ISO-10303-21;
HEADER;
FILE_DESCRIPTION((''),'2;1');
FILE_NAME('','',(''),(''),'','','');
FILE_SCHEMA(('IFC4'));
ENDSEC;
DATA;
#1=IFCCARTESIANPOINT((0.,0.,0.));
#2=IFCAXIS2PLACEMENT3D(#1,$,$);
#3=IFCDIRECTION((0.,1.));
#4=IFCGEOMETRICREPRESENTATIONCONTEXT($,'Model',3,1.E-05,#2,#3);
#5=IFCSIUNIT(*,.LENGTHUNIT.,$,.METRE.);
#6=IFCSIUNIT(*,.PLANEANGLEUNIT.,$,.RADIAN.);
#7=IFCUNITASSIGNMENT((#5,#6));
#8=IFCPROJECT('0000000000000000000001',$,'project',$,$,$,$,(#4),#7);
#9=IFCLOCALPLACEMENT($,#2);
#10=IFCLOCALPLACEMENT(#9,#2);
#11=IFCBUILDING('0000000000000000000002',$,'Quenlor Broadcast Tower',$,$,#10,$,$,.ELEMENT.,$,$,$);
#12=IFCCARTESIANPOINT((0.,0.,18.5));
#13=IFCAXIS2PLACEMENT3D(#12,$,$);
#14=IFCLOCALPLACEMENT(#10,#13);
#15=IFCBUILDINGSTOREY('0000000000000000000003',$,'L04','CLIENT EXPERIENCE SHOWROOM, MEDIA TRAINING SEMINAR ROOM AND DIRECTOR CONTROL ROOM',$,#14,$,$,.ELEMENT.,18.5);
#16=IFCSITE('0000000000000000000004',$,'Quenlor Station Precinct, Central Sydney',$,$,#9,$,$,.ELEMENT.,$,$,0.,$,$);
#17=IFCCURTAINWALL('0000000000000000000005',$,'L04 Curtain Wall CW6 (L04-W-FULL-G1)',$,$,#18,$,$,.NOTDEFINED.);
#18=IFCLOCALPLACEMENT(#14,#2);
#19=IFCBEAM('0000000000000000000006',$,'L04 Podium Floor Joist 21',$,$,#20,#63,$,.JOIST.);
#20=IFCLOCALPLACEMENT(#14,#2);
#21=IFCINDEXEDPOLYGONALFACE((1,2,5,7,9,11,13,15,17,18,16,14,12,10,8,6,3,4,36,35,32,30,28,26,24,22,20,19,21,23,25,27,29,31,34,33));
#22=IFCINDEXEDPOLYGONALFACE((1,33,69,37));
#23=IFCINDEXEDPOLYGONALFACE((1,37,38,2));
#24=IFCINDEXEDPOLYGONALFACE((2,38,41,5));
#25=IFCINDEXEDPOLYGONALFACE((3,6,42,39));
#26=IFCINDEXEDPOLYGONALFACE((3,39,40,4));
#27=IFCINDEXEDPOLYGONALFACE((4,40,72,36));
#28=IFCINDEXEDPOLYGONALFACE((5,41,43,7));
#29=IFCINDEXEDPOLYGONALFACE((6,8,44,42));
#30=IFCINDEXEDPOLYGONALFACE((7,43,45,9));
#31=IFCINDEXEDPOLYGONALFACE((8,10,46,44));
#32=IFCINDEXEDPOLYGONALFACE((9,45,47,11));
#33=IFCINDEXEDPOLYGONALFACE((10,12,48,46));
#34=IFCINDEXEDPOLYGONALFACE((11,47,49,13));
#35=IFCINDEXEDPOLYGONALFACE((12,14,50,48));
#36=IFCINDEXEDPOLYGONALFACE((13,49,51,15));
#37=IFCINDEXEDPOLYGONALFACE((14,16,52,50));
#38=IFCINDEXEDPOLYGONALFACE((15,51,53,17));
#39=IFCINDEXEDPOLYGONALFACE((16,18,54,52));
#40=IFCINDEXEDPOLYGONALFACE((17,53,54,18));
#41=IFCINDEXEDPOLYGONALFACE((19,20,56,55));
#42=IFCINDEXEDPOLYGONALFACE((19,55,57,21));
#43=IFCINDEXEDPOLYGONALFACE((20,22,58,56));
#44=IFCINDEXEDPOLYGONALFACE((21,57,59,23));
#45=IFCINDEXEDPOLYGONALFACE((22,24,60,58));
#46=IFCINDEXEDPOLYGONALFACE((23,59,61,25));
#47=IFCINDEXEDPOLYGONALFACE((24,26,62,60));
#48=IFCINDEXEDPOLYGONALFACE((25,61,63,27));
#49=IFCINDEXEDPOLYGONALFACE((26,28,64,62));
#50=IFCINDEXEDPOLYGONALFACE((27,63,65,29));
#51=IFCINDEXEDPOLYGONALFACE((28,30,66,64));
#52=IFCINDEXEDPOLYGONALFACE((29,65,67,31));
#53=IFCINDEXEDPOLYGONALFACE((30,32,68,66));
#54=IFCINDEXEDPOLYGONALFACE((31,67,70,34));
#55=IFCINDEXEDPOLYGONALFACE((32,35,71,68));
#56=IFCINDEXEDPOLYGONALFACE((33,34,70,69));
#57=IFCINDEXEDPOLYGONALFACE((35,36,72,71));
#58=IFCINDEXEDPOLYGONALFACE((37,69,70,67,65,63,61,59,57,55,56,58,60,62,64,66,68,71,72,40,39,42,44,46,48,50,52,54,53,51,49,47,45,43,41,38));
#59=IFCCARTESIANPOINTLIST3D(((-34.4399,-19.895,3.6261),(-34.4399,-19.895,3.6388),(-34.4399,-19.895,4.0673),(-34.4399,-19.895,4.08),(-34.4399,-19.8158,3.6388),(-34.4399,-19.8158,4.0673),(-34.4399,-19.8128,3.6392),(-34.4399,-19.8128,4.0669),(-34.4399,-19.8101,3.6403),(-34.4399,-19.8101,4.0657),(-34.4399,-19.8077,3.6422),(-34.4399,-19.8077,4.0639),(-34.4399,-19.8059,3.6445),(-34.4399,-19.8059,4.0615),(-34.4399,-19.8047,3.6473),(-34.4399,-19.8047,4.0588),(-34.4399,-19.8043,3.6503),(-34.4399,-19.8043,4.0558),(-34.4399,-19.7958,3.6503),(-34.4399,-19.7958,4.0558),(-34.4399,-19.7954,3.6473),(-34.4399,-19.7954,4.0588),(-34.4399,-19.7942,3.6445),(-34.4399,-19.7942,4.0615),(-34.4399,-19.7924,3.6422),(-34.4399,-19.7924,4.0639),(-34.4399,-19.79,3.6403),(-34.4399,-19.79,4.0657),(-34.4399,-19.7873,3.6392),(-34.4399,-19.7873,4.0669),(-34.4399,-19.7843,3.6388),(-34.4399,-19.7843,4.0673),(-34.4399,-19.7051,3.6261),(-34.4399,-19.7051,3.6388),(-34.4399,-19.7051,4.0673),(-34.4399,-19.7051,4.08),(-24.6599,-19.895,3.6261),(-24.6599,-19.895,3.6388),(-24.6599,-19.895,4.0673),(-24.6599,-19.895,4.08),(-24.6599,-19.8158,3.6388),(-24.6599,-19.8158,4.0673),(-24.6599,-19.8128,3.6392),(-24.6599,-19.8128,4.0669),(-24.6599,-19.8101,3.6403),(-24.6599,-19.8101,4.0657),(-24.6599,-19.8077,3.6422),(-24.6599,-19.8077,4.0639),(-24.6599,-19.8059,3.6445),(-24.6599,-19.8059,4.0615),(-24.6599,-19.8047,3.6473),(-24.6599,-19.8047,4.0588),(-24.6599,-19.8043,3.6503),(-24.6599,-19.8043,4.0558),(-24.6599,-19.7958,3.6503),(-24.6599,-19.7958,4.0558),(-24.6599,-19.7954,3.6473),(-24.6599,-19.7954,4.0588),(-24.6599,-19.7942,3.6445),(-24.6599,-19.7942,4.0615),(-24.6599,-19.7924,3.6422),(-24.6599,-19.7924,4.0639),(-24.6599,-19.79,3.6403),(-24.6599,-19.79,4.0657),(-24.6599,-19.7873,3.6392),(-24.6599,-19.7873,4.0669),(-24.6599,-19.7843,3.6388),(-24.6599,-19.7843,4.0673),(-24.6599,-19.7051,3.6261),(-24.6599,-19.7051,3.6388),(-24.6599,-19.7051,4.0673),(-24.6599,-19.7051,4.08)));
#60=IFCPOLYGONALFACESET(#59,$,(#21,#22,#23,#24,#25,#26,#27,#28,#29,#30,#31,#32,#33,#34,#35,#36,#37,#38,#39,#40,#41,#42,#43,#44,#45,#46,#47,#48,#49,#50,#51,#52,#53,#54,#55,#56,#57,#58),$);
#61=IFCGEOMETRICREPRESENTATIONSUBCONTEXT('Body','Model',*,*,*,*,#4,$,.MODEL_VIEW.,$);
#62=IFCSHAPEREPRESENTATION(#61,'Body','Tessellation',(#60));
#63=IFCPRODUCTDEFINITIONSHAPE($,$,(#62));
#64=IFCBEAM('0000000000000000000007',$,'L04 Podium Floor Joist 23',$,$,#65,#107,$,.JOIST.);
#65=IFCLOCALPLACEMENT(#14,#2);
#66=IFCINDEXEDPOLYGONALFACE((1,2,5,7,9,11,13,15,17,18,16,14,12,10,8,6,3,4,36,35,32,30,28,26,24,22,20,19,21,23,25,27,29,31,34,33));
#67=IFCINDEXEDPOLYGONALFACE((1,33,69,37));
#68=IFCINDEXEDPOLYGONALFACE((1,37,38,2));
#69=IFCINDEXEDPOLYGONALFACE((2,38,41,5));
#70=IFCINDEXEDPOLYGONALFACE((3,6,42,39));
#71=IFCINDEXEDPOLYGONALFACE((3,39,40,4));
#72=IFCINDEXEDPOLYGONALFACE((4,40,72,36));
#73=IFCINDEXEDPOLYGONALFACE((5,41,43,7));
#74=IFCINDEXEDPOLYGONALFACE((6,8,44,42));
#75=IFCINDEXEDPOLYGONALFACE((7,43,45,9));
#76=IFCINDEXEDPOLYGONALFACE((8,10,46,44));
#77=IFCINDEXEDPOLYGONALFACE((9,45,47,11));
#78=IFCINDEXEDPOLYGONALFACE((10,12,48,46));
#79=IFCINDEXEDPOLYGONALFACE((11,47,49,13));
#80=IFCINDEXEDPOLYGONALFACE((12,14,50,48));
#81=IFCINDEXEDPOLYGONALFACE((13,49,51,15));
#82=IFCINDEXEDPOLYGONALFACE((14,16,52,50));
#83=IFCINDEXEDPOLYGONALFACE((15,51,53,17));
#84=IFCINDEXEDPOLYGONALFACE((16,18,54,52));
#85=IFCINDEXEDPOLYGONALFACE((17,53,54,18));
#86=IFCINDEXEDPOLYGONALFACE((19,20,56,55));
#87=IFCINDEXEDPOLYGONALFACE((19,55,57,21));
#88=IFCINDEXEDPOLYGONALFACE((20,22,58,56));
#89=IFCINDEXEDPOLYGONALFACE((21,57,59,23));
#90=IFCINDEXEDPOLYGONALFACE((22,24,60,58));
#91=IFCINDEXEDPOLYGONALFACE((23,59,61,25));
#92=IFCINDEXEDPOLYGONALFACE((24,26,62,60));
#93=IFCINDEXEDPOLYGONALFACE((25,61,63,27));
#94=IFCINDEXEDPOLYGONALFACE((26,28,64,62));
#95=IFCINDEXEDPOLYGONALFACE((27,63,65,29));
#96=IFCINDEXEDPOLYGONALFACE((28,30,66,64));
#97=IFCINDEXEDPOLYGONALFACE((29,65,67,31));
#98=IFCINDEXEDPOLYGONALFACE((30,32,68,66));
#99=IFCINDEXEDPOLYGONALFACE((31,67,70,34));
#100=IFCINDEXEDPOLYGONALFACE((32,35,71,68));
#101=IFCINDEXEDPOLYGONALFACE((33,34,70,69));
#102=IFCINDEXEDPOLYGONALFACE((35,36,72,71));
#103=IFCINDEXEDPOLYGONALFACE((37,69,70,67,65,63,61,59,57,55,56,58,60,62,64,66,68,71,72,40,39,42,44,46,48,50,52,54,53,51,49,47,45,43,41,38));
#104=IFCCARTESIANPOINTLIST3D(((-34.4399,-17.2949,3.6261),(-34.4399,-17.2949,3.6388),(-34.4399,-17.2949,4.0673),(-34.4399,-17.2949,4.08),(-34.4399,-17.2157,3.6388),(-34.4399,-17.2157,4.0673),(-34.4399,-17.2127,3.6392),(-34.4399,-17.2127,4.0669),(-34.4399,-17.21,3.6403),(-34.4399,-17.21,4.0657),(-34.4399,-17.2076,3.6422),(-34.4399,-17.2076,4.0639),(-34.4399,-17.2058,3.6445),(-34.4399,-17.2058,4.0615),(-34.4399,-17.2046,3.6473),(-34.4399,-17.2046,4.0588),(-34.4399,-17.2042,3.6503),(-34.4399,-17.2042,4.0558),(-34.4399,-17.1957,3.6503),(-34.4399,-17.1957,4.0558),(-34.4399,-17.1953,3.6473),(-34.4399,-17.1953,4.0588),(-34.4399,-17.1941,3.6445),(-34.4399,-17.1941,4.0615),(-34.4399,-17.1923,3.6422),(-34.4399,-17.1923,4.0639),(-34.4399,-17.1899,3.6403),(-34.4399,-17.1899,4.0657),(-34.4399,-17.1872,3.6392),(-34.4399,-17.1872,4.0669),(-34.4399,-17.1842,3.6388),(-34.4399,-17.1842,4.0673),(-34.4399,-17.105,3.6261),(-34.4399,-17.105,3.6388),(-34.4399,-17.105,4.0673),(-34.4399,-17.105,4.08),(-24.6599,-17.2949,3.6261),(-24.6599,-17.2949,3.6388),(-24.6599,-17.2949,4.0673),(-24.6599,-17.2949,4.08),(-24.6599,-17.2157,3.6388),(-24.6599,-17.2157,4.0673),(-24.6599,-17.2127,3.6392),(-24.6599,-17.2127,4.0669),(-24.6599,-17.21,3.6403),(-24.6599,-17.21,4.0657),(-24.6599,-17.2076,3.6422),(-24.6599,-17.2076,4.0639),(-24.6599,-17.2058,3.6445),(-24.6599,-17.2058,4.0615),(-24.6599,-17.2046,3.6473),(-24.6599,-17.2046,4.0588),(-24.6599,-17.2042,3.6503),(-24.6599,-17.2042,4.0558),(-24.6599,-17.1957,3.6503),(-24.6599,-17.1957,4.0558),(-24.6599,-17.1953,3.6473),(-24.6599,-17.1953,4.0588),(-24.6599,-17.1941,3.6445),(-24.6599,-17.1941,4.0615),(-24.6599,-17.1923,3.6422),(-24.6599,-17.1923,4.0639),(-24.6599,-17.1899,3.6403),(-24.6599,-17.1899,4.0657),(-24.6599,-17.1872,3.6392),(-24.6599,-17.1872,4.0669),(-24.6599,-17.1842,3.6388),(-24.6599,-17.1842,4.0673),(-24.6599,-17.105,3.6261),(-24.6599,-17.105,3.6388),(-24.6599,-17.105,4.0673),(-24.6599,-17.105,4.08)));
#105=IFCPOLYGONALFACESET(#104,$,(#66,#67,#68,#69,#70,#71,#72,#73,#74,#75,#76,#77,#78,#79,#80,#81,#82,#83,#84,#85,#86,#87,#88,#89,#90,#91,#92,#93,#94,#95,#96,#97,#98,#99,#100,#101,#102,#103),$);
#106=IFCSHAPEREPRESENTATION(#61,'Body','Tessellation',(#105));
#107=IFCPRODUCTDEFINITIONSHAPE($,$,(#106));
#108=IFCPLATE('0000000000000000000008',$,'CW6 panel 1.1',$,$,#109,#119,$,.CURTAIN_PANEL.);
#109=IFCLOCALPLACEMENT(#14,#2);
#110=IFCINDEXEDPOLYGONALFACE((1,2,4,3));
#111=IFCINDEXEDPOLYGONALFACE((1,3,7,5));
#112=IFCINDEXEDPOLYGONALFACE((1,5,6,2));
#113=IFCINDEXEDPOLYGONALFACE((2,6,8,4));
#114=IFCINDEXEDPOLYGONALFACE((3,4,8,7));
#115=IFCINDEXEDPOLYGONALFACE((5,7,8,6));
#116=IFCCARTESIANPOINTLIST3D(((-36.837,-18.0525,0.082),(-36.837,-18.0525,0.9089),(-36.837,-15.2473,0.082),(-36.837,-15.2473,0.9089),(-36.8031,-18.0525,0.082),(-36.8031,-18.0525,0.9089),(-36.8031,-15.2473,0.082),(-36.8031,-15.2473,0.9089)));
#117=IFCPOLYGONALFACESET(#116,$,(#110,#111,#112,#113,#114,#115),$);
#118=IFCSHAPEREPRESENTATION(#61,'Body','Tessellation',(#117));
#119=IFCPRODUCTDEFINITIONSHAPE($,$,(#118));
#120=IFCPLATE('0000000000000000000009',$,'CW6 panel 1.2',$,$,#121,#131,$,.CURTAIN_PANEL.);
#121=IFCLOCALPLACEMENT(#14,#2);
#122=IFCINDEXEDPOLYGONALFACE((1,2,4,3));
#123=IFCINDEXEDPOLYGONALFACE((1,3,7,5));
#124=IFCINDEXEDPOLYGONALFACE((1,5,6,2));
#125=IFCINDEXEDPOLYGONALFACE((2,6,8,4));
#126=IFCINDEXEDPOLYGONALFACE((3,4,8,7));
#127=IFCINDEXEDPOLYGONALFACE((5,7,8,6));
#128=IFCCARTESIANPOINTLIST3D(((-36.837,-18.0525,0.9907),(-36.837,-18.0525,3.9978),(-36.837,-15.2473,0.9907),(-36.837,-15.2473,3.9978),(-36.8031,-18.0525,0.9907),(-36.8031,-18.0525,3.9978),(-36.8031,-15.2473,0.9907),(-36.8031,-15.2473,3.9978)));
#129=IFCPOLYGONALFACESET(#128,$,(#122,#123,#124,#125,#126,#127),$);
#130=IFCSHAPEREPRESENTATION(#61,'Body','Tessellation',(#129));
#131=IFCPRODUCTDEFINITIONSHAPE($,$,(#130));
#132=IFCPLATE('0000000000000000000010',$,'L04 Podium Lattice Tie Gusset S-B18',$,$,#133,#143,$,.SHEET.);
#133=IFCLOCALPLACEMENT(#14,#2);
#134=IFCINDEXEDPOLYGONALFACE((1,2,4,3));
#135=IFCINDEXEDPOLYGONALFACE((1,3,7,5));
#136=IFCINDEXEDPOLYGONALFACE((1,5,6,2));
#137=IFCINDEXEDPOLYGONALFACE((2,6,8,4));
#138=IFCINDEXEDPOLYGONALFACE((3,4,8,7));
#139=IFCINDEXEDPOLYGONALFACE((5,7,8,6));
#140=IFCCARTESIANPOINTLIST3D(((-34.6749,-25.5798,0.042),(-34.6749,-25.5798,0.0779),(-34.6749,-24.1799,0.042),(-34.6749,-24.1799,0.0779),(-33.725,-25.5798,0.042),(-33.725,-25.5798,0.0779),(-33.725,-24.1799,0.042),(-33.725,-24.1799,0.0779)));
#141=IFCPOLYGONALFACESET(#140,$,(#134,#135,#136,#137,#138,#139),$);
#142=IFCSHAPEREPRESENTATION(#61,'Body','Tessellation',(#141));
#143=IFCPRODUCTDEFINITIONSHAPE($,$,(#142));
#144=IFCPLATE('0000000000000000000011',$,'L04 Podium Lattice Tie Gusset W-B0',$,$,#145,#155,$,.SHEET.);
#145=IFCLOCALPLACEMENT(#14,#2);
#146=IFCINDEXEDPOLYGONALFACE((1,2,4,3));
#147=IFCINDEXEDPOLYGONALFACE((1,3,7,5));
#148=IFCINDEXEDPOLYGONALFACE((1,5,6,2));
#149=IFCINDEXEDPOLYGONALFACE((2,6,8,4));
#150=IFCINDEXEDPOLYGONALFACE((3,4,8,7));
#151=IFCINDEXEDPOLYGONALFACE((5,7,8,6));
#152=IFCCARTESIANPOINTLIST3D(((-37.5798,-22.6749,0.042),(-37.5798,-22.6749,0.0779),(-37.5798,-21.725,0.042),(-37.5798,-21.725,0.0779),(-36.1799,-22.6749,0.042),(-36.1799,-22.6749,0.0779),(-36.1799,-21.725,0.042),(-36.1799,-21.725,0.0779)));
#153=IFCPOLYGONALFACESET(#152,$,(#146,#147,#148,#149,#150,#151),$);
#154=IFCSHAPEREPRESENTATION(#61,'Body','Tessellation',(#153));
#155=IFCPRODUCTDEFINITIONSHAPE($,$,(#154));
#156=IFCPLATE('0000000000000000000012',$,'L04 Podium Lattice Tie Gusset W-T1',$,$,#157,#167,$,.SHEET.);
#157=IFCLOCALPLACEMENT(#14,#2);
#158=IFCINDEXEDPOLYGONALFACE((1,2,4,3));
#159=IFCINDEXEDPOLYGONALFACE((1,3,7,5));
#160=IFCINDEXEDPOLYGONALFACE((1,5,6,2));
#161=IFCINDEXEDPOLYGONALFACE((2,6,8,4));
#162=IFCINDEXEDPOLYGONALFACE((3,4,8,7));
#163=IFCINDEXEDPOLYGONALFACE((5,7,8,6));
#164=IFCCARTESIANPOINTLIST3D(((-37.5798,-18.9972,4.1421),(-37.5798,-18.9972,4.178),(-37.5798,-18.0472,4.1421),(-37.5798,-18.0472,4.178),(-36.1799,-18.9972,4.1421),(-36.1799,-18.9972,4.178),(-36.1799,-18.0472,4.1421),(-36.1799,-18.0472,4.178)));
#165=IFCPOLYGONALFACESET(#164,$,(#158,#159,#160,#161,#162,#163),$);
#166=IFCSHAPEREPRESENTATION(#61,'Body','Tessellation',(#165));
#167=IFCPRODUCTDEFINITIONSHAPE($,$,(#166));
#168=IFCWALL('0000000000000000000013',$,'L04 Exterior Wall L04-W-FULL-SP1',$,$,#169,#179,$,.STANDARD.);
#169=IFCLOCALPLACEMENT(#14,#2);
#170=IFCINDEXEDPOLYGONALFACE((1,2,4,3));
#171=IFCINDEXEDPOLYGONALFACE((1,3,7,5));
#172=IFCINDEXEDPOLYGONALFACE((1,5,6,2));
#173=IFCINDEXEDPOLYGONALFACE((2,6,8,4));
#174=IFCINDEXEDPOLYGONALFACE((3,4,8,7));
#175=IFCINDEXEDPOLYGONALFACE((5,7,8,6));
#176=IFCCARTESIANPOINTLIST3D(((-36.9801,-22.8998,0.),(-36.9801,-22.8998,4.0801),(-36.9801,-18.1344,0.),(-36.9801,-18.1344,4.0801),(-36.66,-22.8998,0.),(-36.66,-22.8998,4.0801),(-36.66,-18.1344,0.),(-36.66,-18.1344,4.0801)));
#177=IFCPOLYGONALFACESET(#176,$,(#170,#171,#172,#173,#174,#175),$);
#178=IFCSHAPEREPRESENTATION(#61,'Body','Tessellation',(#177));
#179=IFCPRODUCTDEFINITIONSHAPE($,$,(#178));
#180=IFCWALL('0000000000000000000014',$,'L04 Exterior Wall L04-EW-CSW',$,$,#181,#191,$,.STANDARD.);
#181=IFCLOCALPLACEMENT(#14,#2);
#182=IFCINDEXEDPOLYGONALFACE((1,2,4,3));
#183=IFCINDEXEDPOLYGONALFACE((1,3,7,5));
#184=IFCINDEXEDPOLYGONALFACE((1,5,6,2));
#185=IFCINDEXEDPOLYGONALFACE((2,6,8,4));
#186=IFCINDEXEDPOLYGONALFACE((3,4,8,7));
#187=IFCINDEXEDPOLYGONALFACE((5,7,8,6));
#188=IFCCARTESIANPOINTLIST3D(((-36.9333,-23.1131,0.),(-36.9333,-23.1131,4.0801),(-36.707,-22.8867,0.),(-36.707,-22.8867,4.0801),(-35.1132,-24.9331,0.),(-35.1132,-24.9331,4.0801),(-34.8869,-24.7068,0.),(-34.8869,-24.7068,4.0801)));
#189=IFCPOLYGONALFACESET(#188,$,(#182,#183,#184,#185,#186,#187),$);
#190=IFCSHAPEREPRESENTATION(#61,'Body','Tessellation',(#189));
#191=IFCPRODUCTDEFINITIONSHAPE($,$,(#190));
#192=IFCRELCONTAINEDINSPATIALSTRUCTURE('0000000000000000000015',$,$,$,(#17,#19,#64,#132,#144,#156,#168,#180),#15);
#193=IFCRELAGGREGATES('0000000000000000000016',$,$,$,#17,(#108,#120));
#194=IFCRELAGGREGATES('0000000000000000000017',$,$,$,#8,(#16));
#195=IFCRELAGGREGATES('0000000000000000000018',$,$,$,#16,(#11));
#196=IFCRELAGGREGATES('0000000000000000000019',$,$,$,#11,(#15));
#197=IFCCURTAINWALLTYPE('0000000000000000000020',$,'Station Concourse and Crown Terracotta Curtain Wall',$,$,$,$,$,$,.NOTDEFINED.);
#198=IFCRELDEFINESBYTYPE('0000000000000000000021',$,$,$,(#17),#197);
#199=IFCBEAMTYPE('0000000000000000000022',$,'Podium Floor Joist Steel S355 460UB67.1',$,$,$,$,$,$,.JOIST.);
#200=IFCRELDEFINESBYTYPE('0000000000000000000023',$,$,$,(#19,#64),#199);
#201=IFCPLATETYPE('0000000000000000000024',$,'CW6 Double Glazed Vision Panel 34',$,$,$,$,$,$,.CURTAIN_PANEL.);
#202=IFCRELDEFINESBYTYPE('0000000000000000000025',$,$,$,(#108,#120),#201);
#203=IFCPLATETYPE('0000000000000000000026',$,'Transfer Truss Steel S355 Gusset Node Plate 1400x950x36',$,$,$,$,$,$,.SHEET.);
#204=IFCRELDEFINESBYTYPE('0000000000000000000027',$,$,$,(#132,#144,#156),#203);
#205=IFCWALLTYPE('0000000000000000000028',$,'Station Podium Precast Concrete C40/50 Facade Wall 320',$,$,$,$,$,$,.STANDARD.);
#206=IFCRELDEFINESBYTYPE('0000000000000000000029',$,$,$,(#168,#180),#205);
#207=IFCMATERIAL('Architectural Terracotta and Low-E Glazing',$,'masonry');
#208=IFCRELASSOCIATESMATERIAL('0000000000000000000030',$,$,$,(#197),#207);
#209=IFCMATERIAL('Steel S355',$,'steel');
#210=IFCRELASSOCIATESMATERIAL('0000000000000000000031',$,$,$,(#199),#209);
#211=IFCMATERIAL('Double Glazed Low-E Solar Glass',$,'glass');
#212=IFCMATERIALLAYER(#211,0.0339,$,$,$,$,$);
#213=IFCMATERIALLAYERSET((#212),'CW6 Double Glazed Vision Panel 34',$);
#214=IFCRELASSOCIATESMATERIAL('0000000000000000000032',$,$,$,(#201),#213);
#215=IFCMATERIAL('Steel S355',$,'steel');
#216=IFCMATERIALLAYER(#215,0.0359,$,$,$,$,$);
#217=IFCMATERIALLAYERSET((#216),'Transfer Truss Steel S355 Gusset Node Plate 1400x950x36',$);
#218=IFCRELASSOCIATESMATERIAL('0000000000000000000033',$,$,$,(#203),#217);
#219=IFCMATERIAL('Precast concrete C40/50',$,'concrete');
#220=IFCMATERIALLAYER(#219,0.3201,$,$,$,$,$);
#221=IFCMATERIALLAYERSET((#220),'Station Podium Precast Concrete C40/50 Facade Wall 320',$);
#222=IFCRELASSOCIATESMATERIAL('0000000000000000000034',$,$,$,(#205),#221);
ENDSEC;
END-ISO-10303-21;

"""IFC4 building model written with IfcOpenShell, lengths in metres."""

from ifc_helpers import new_model, si_unit, direction, frame, frame_2d, origin, origin_2d, place, context, subcontext, project, spatial, rectangle, i_section, extrude, material, layer, layer_set, material_profile, profile_set, type_object, element, aggregate, save


model = new_model("IFC4")

# Units and contexts
model_context = context("Model", 3, precision=1e-05, world=origin(), true_north=direction((0.0, 1.0)))
body_context = subcontext(model_context, "Body", "Model", "MODEL_VIEW")
ifc_project = project(units=[si_unit("LENGTHUNIT", "METRE"), si_unit("PLANEANGLEUNIT", "RADIAN")], contexts=[model_context])

# Site, building, storey
site_placement = place(None, origin())
site = spatial("IfcSite", under=ifc_project, at=site_placement, Name="Quenlor Station Precinct, Central Sydney", CompositionType="ELEMENT", RefElevation=0.0)
building_placement = place(site_placement, origin())
building = spatial("IfcBuilding", under=site, at=building_placement, Name="Quenlor Broadcast Tower", CompositionType="ELEMENT")
storey_placement = place(building_placement, frame((0.0, 0.0, 18.5)))
storey = spatial("IfcBuildingStorey", under=building, at=storey_placement, Name="L04", Description="CLIENT EXPERIENCE SHOWROOM, MEDIA TRAINING SEMINAR ROOM AND DIRECTOR CONTROL ROOM", CompositionType="ELEMENT", Elevation=18.5)

# Curtain wall
ifc_material_1 = material(Name="Architectural Terracotta and Low-E Glazing", Category="masonry")
curtain_wall_type = type_object("IfcCurtainWallType", Name="Station Concourse and Crown Terracotta Curtain Wall", PredefinedType="NOTDEFINED", material=ifc_material_1)
curtain_wall_placement = place(storey_placement, origin())
curtain_wall = element("IfcCurtainWall", 1, at=curtain_wall_placement, inside=storey, type_object=curtain_wall_type, Name="L04 Curtain Wall CW6 (L04-W-FULL-G1)", PredefinedType="NOTDEFINED")

# Beams
ifc_material_2 = material(Name="Steel S355", Category="steel")
ifc_material_profile_1 = material_profile(ifc_material_2, i_section(OverallWidth=0.1899, OverallDepth=0.4539, WebThickness=0.0085, FlangeThickness=0.0127, FilletRadius=0.0115, at=origin_2d()))
ifc_profile_set_1 = profile_set([ifc_material_profile_1], Name="Steel S355 460UB67.1")
beam_type_1 = type_object("IfcBeamType", Name="Podium Floor Joist Steel S355 460UB67.1", PredefinedType="JOIST", material=ifc_profile_set_1)
for number, where, z_axis, x_axis, name in (
    (2, (-34.4399, -19.8, 3.853), (1.0, 0.0, 0.0), (0.0, 1.0, 0.0), "L04 Podium Floor Joist 21"),
    (3, (-34.4399, -17.2, 3.853), (1.0, 0.0, 0.0), (0.0, 1.0, 0.0), "L04 Podium Floor Joist 23"),
):
    element("IfcBeam", number, at=place(storey_placement, frame(where, z_axis=z_axis, x_axis=x_axis)), inside=storey, type_object=beam_type_1, Name=name, PredefinedType="JOIST", context=body_context, shape_type="SweptSolid", body=[
        extrude(i_section(OverallWidth=0.1899, OverallDepth=0.4539, WebThickness=0.0085, FlangeThickness=0.0127, FilletRadius=0.0115, at=origin_2d()), origin(), (0.0, 0.0, 1.0), 9.78),
    ])

# Plates
ifc_material_3 = material(Name="Double Glazed Low-E Solar Glass", Category="glass")
ifc_layer_1 = layer(ifc_material_3, 0.0339)
ifc_layer_set_1 = layer_set([ifc_layer_1], Name="CW6 Double Glazed Vision Panel 34")
plate_type_1 = type_object("IfcPlateType", Name="CW6 Double Glazed Vision Panel 34", PredefinedType="CURTAIN_PANEL", material=ifc_layer_set_1)
plate_1_placement = place(storey_placement, frame((-36.8201, -16.6499, 0.082), z_axis=(0.0, 0.0, 1.0), x_axis=(0.0, 1.0, 0.0)))
plate_1 = element("IfcPlate", 4, at=plate_1_placement, type_object=plate_type_1, Name="CW6 panel 1.1", PredefinedType="CURTAIN_PANEL", context=body_context, shape_type="SweptSolid", body=[
    extrude(rectangle(XDim=2.8052, YDim=0.0339, at=origin_2d()), origin(), (0.0, 0.0, 1.0), 0.8269),
])
plate_2_placement = place(storey_placement, frame((-36.8201, -16.6499, 0.9907), z_axis=(0.0, 0.0, 1.0), x_axis=(0.0, 1.0, 0.0)))
plate_2 = element("IfcPlate", 5, at=plate_2_placement, type_object=plate_type_1, Name="CW6 panel 1.2", PredefinedType="CURTAIN_PANEL", context=body_context, shape_type="SweptSolid", body=[
    extrude(rectangle(XDim=2.8052, YDim=0.0339, at=origin_2d()), origin(), (0.0, 0.0, 1.0), 3.0071),
])
aggregate(curtain_wall, [plate_1, plate_2])

# Plates
ifc_material_4 = material(Name="Steel S355", Category="steel")
ifc_layer_2 = layer(ifc_material_4, 0.0359)
ifc_layer_set_2 = layer_set([ifc_layer_2], Name="Transfer Truss Steel S355 Gusset Node Plate 1400x950x36")
plate_type_2 = type_object("IfcPlateType", Name="Transfer Truss Steel S355 Gusset Node Plate 1400x950x36", PredefinedType="SHEET", material=ifc_layer_set_2)
for number, where, z_axis, x_axis, name in (
    (6, (-34.2, -24.8799, 0.042), (0.0, 0.0, 1.0), (0.0, -1.0, 0.0), "L04 Podium Lattice Tie Gusset S-B18"),
    (7, (-36.8799, -22.2, 0.042), (0.0, 0.0, 1.0), (-1.0, 0.0, 0.0), "L04 Podium Lattice Tie Gusset W-B0"),
    (8, (-36.8799, -18.5222, 4.1421), (0.0, 0.0, 1.0), (-1.0, 0.0, 0.0), "L04 Podium Lattice Tie Gusset W-T1"),
):
    element("IfcPlate", number, at=place(storey_placement, frame(where, z_axis=z_axis, x_axis=x_axis)), inside=storey, type_object=plate_type_2, Name=name, PredefinedType="SHEET", context=body_context, shape_type="SweptSolid", body=[
        extrude(rectangle(XDim=1.3999, YDim=0.95, at=origin_2d()), origin(), (0.0, 0.0, 1.0), 0.0359),
    ])

# Walls
ifc_material_5 = material(Name="Precast concrete C40/50", Category="concrete")
ifc_layer_3 = layer(ifc_material_5, 0.3201)
ifc_layer_set_3 = layer_set([ifc_layer_3], Name="Station Podium Precast Concrete C40/50 Facade Wall 320")
wall_type = type_object("IfcWallType", Name="Station Podium Precast Concrete C40/50 Facade Wall 320", PredefinedType="STANDARD", material=ifc_layer_set_3)
wall_1_placement = place(storey_placement, frame((-36.8201, -22.8999, 0.0), z_axis=(0.0, 0.0, 1.0), x_axis=(0.0, 1.0, 0.0)))
element("IfcWall", 9, at=wall_1_placement, inside=storey, type_object=wall_type, Name="L04 Exterior Wall L04-W-FULL-SP1", PredefinedType="STANDARD", context=body_context, shape_type="SweptSolid", body=[
    extrude(rectangle(XDim=4.7654, YDim=0.3201, at=frame_2d((2.3828, 0.0))), origin(), (0.0, 0.0, 1.0), 4.0801),
])
wall_2_placement = place(storey_placement, frame((-35.0, -24.8201, 0.0), z_axis=(0.0, 0.0, 1.0), x_axis=(-0.707107, 0.707107, 0.0)))
element("IfcWall", 10, at=wall_2_placement, inside=storey, type_object=wall_type, Name="L04 Exterior Wall L04-EW-CSW", PredefinedType="STANDARD", context=body_context, shape_type="SweptSolid", body=[
    extrude(rectangle(XDim=2.574, YDim=0.3201, at=frame_2d((1.2871, 0.0))), origin(), (0.0, 0.0, 1.0), 4.0801),
])

save(model, "model.ifc")
